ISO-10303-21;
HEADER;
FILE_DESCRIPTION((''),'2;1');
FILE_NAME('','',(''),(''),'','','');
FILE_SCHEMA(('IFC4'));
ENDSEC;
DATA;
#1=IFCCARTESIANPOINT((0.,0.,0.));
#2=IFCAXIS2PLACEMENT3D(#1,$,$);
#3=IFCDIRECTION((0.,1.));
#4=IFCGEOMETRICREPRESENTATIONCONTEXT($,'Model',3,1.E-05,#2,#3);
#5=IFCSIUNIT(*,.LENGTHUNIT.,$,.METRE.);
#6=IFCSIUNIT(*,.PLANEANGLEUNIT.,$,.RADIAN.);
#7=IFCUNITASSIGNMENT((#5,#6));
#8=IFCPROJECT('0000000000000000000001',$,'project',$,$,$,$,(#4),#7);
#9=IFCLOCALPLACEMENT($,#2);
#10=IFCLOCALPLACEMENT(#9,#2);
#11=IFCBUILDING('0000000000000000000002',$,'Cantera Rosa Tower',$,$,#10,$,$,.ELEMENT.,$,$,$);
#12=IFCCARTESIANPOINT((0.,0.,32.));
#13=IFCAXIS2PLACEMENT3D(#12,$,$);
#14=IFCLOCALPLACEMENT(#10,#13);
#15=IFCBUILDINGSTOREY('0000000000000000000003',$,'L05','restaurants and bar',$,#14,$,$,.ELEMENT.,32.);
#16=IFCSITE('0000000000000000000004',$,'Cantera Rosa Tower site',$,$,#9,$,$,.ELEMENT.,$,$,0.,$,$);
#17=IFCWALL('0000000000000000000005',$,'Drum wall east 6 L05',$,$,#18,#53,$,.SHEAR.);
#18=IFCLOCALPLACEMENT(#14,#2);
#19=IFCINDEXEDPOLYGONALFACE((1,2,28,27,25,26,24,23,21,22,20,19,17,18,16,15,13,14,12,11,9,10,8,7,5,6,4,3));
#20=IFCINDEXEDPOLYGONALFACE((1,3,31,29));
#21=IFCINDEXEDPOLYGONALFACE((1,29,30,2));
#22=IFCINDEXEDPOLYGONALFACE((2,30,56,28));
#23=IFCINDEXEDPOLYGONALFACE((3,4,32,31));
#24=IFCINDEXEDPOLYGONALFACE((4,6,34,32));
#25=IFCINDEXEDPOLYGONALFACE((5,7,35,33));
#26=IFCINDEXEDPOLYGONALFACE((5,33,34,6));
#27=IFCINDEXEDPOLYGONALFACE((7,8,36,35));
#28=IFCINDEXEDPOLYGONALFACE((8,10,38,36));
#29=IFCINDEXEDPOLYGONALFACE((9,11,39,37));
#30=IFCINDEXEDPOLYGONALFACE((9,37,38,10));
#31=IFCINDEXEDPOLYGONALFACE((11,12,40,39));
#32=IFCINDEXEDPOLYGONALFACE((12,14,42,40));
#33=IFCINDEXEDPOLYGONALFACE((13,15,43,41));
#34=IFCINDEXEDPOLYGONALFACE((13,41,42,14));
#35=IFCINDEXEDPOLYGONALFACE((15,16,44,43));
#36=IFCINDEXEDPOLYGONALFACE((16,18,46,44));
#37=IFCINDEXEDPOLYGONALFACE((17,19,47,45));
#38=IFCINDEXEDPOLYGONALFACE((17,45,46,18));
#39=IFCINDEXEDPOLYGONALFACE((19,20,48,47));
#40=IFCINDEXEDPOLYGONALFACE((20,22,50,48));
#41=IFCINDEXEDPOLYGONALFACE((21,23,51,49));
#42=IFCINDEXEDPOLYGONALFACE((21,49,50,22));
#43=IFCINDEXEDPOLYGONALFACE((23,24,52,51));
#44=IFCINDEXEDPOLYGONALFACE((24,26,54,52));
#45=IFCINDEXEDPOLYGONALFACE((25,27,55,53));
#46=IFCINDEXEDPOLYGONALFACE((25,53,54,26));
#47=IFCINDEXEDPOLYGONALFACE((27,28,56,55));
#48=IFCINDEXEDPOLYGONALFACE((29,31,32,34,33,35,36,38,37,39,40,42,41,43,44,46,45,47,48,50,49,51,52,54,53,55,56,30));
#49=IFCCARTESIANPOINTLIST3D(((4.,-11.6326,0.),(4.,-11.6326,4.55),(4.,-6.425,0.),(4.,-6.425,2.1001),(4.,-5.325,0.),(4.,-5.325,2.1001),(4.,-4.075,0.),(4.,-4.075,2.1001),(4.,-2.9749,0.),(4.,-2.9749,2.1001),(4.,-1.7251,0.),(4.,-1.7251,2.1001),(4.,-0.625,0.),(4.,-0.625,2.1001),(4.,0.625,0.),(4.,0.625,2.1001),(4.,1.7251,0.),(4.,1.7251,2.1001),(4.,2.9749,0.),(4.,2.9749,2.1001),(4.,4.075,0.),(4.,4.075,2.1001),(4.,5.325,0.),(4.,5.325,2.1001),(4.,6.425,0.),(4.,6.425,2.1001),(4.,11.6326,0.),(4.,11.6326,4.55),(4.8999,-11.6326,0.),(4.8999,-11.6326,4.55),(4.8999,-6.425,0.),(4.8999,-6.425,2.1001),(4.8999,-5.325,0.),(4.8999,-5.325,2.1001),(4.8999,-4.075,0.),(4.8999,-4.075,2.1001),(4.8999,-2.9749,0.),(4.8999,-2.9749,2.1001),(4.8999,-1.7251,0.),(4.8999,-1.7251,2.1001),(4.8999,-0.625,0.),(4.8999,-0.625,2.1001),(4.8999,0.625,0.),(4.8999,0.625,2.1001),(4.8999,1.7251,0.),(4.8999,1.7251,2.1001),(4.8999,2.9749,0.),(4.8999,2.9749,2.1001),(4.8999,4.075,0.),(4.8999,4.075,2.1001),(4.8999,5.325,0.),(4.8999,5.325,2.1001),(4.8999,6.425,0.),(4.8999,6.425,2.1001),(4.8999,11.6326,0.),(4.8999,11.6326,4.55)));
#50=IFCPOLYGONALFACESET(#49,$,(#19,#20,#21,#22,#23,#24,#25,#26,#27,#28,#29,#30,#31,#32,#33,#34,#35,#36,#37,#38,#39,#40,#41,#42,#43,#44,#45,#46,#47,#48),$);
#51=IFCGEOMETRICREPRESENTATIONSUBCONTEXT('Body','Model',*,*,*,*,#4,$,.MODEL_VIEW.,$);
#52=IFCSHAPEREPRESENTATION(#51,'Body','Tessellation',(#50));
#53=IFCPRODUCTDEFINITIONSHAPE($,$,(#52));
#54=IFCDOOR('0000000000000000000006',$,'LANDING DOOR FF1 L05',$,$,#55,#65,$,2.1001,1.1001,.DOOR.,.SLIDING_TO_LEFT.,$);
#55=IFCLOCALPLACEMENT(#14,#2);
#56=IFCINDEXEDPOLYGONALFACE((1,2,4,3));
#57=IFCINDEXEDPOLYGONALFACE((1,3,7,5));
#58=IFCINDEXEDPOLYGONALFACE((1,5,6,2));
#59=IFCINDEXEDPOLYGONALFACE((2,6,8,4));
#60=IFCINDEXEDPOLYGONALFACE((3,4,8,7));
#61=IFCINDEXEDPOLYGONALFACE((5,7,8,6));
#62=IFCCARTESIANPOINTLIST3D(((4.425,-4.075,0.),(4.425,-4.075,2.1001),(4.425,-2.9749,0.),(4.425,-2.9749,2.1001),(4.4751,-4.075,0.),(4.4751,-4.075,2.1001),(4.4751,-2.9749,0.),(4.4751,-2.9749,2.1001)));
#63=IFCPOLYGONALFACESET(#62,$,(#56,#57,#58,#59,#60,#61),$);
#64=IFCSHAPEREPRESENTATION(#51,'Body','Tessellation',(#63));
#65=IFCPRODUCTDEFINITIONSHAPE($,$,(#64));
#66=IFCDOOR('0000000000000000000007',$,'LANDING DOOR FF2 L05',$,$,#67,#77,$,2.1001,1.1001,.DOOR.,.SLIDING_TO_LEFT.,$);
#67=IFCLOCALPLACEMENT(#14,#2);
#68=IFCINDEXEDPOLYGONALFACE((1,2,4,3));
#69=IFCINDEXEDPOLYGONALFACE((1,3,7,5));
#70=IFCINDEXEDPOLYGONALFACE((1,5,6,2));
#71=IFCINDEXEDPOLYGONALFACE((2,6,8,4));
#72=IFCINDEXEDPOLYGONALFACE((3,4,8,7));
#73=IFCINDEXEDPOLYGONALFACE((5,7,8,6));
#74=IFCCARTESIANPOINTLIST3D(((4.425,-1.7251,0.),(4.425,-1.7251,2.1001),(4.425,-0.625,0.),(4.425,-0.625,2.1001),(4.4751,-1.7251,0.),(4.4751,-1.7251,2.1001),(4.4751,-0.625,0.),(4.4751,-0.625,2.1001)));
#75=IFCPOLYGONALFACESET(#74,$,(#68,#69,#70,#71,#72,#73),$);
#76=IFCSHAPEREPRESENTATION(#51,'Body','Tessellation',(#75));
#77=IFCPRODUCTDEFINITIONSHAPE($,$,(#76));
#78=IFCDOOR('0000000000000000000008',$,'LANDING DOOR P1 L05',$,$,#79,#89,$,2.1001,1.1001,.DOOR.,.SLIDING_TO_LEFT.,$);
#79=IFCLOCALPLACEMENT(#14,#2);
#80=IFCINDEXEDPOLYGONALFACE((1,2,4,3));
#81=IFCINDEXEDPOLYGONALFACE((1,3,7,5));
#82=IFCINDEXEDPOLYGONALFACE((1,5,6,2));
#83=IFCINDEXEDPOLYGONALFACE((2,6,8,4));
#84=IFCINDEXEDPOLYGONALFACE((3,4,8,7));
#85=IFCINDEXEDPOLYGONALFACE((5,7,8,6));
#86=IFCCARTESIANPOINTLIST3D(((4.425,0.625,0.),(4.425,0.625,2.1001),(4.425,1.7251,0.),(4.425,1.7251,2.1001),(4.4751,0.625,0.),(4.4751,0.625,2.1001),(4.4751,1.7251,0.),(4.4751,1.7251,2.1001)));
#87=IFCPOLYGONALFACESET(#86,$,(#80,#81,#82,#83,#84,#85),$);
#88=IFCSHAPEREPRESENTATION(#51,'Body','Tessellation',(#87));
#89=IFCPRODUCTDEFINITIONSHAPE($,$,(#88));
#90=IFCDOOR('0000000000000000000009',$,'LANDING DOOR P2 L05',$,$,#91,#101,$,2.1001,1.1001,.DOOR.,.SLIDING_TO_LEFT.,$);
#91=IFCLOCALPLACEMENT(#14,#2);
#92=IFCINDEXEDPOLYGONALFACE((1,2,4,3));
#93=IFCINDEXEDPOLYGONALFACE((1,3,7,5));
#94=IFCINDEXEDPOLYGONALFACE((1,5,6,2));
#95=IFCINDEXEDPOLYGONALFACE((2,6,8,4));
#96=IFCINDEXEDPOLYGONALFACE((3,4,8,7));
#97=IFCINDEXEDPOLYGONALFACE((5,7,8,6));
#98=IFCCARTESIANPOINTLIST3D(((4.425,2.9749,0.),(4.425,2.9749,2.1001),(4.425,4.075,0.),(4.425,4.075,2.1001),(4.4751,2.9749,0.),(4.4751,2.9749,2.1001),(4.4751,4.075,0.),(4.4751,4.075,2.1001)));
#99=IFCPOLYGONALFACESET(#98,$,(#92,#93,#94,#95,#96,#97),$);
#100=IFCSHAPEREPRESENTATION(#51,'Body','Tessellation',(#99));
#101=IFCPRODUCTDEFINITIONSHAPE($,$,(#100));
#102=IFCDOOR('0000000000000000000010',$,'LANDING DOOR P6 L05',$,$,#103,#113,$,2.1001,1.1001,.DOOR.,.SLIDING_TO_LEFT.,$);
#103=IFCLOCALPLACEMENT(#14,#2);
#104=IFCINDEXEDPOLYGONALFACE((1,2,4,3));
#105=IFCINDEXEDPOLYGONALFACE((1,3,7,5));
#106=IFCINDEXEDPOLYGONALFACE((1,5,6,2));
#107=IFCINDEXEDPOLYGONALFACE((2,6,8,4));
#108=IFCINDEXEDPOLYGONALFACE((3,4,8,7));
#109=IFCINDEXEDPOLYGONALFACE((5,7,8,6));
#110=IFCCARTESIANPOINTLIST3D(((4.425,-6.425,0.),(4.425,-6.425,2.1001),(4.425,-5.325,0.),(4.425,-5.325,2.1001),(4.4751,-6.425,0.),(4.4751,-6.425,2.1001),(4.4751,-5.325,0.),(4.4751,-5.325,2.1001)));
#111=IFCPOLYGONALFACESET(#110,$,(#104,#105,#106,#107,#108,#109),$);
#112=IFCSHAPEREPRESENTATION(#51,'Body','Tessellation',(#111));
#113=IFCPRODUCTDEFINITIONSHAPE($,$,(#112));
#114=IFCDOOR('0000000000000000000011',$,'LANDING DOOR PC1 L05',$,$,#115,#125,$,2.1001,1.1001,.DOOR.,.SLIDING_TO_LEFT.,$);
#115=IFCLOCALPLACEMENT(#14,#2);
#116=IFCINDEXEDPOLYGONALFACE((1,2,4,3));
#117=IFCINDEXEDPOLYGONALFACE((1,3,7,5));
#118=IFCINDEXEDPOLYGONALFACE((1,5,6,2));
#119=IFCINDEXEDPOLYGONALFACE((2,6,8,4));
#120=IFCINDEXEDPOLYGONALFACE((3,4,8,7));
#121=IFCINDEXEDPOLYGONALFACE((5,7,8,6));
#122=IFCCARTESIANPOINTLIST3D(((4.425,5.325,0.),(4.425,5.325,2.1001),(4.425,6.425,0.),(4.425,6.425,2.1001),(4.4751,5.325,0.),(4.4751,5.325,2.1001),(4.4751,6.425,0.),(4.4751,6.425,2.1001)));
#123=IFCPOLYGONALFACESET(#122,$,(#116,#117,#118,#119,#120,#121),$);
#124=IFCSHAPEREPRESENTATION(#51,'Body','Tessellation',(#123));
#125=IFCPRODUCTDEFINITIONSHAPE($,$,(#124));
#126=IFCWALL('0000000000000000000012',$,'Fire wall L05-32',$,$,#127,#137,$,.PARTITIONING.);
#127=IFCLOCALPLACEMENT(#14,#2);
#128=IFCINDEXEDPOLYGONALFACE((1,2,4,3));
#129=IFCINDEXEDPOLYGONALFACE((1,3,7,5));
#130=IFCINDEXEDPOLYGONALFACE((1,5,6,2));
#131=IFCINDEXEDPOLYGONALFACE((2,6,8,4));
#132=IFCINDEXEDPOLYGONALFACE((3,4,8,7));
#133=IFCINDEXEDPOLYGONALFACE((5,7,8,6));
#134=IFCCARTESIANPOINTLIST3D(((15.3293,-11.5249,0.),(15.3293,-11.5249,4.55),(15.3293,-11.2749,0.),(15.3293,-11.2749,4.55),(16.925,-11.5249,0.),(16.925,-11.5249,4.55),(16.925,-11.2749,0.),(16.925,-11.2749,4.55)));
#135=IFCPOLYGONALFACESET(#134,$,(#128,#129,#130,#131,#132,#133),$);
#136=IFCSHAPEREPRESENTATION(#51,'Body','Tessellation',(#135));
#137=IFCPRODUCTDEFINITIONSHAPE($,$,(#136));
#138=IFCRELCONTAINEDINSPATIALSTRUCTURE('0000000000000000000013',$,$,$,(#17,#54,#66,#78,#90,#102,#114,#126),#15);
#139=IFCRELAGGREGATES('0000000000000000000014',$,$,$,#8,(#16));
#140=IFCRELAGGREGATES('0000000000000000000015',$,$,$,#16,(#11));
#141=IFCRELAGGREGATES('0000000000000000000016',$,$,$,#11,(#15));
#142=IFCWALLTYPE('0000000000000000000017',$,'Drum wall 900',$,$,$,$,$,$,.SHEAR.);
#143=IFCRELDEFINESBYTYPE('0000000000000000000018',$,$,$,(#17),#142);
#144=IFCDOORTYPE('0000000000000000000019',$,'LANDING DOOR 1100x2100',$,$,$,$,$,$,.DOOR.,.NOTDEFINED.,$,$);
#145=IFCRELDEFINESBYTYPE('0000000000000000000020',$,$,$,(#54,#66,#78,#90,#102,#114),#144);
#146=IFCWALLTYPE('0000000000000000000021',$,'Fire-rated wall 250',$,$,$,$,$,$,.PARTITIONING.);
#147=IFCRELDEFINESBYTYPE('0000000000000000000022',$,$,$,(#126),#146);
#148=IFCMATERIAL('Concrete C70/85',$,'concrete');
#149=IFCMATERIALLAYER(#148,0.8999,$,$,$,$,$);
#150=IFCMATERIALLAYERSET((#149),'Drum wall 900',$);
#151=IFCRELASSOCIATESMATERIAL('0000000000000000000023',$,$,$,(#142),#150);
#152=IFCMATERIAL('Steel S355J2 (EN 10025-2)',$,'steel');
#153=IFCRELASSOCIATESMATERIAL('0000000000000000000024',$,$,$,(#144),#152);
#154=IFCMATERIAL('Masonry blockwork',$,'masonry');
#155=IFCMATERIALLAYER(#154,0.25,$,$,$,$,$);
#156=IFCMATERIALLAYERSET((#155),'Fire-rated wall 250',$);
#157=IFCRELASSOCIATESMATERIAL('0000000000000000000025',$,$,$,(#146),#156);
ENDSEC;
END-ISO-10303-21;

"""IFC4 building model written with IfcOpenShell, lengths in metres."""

from ifc_helpers import new_model, si_unit, direction, frame, frame_2d, origin, place, context, subcontext, project, spatial, rectangle, extrude, material, layer, layer_set, type_object, element, fill, save


model = new_model("IFC4")

# Units and contexts
model_context = context("Model", 3, precision=1e-05, world=origin(), true_north=direction((0.0, 1.0)))
body_context = subcontext(model_context, "Body", "Model", "MODEL_VIEW")
ifc_project = project(units=[si_unit("LENGTHUNIT", "METRE"), si_unit("PLANEANGLEUNIT", "RADIAN")], contexts=[model_context])

# Site, building, storey
site_placement = place(None, origin())
site = spatial("IfcSite", under=ifc_project, at=site_placement, Name="Cantera Rosa Tower site", CompositionType="ELEMENT", RefElevation=0.0)
building_placement = place(site_placement, origin())
building = spatial("IfcBuilding", under=site, at=building_placement, Name="Cantera Rosa Tower", CompositionType="ELEMENT")
storey_placement = place(building_placement, frame((0.0, 0.0, 32.0)))
storey = spatial("IfcBuildingStorey", under=building, at=storey_placement, Name="L05", Description="restaurants and bar", CompositionType="ELEMENT", Elevation=32.0)

# Wall, openings, doors
ifc_material_1 = material(Name="Concrete C70/85", Category="concrete")
ifc_layer_1 = layer(ifc_material_1, 0.8999)
ifc_layer_set_1 = layer_set([ifc_layer_1], Name="Drum wall 900")
wall_type_1 = type_object("IfcWallType", Name="Drum wall 900", PredefinedType="SHEAR", material=ifc_layer_set_1)
wall_1_placement = place(storey_placement, frame((4.45, -11.6326, 0.0), z_axis=(0.0, 0.0, 1.0), x_axis=(0.0, 1.0, 0.0)))
wall_1 = element("IfcWall", 1, at=wall_1_placement, inside=storey, type_object=wall_type_1, Name="Drum wall east 6 L05", PredefinedType="SHEAR", context=body_context, shape_type="SweptSolid", body=[
    extrude(rectangle(XDim=23.2651, YDim=0.8999, at=frame_2d((11.6326, 0.0))), origin(), (0.0, 0.0, 1.0), 4.55),
])
opening_1_placement = place(wall_1_placement, frame((7.5576, 0.0, 0.0)))
opening_1 = element("IfcOpeningElement", 2, at=opening_1_placement, cuts=wall_1, PredefinedType="OPENING", context=body_context, shape_type="SweptSolid", body=[
    extrude(rectangle(XDim=1.1001, YDim=2.1001, at=frame_2d((0.55, 1.05))), frame((0.0, 0.46, 0.0), z_axis=(0.0, -1.0, 0.0), x_axis=(1.0, 0.0, 0.0)), (0.0, 0.0, 1.0), 0.9199),
])
opening_2_placement = place(wall_1_placement, frame((9.9075, 0.0, 0.0)))
opening_2 = element("IfcOpeningElement", 3, at=opening_2_placement, cuts=wall_1, PredefinedType="OPENING", context=body_context, shape_type="SweptSolid", body=[
    extrude(rectangle(XDim=1.1001, YDim=2.1001, at=frame_2d((0.55, 1.05))), frame((0.0, 0.46, 0.0), z_axis=(0.0, -1.0, 0.0), x_axis=(1.0, 0.0, 0.0)), (0.0, 0.0, 1.0), 0.9199),
])
opening_3_placement = place(wall_1_placement, frame((12.2576, 0.0, 0.0)))
opening_3 = element("IfcOpeningElement", 4, at=opening_3_placement, cuts=wall_1, PredefinedType="OPENING", context=body_context, shape_type="SweptSolid", body=[
    extrude(rectangle(XDim=1.1001, YDim=2.1001, at=frame_2d((0.55, 1.05))), frame((0.0, 0.46, 0.0), z_axis=(0.0, -1.0, 0.0), x_axis=(1.0, 0.0, 0.0)), (0.0, 0.0, 1.0), 0.9199),
])
opening_4_placement = place(wall_1_placement, frame((14.6074, 0.0, 0.0)))
opening_4 = element("IfcOpeningElement", 5, at=opening_4_placement, cuts=wall_1, PredefinedType="OPENING", context=body_context, shape_type="SweptSolid", body=[
    extrude(rectangle(XDim=1.1001, YDim=2.1001, at=frame_2d((0.55, 1.05))), frame((0.0, 0.46, 0.0), z_axis=(0.0, -1.0, 0.0), x_axis=(1.0, 0.0, 0.0)), (0.0, 0.0, 1.0), 0.9199),
])
opening_5_placement = place(wall_1_placement, frame((5.2075, 0.0, 0.0)))
opening_5 = element("IfcOpeningElement", 6, at=opening_5_placement, cuts=wall_1, PredefinedType="OPENING", context=body_context, shape_type="SweptSolid", body=[
    extrude(rectangle(XDim=1.1001, YDim=2.1001, at=frame_2d((0.55, 1.05))), frame((0.0, 0.46, 0.0), z_axis=(0.0, -1.0, 0.0), x_axis=(1.0, 0.0, 0.0)), (0.0, 0.0, 1.0), 0.9199),
])
opening_6_placement = place(wall_1_placement, frame((16.9575, 0.0, 0.0)))
opening_6 = element("IfcOpeningElement", 7, at=opening_6_placement, cuts=wall_1, PredefinedType="OPENING", context=body_context, shape_type="SweptSolid", body=[
    extrude(rectangle(XDim=1.1001, YDim=2.1001, at=frame_2d((0.55, 1.05))), frame((0.0, 0.46, 0.0), z_axis=(0.0, -1.0, 0.0), x_axis=(1.0, 0.0, 0.0)), (0.0, 0.0, 1.0), 0.9199),
])
ifc_material_2 = material(Name="Steel S355J2 (EN 10025-2)", Category="steel")
door_type_1 = type_object("IfcDoorType", Name="LANDING DOOR 1100x2100", OperationType="NOTDEFINED", PredefinedType="DOOR", material=ifc_material_2)
door_1_placement = place(opening_1_placement, origin())
door_1 = element("IfcDoor", 8, at=door_1_placement, inside=storey, type_object=door_type_1, Name="LANDING DOOR FF1 L05", OperationType="SLIDING_TO_LEFT", OverallHeight=2.1001, OverallWidth=1.1001, PredefinedType="DOOR", context=body_context, shape_type="SweptSolid", body=[
    extrude(rectangle(XDim=1.1001, YDim=2.1001, at=frame_2d((0.55, 1.05))), frame((0.0, 0.0249, 0.0), z_axis=(0.0, -1.0, 0.0), x_axis=(1.0, 0.0, 0.0)), (0.0, 0.0, 1.0), 0.05),
])
fill(opening_1, door_1)
door_2_placement = place(opening_2_placement, origin())
door_2 = element("IfcDoor", 9, at=door_2_placement, inside=storey, type_object=door_type_1, Name="LANDING DOOR FF2 L05", OperationType="SLIDING_TO_LEFT", OverallHeight=2.1001, OverallWidth=1.1001, PredefinedType="DOOR", context=body_context, shape_type="SweptSolid", body=[
    extrude(rectangle(XDim=1.1001, YDim=2.1001, at=frame_2d((0.55, 1.05))), frame((0.0, 0.0249, 0.0), z_axis=(0.0, -1.0, 0.0), x_axis=(1.0, 0.0, 0.0)), (0.0, 0.0, 1.0), 0.05),
])
fill(opening_2, door_2)
door_3_placement = place(opening_3_placement, origin())
door_3 = element("IfcDoor", 10, at=door_3_placement, inside=storey, type_object=door_type_1, Name="LANDING DOOR P1 L05", OperationType="SLIDING_TO_LEFT", OverallHeight=2.1001, OverallWidth=1.1001, PredefinedType="DOOR", context=body_context, shape_type="SweptSolid", body=[
    extrude(rectangle(XDim=1.1001, YDim=2.1001, at=frame_2d((0.55, 1.05))), frame((0.0, 0.0249, 0.0), z_axis=(0.0, -1.0, 0.0), x_axis=(1.0, 0.0, 0.0)), (0.0, 0.0, 1.0), 0.05),
])
fill(opening_3, door_3)
door_4_placement = place(opening_4_placement, origin())
door_4 = element("IfcDoor", 11, at=door_4_placement, inside=storey, type_object=door_type_1, Name="LANDING DOOR P2 L05", OperationType="SLIDING_TO_LEFT", OverallHeight=2.1001, OverallWidth=1.1001, PredefinedType="DOOR", context=body_context, shape_type="SweptSolid", body=[
    extrude(rectangle(XDim=1.1001, YDim=2.1001, at=frame_2d((0.55, 1.05))), frame((0.0, 0.0249, 0.0), z_axis=(0.0, -1.0, 0.0), x_axis=(1.0, 0.0, 0.0)), (0.0, 0.0, 1.0), 0.05),
])
fill(opening_4, door_4)
door_5_placement = place(opening_5_placement, origin())
door_5 = element("IfcDoor", 12, at=door_5_placement, inside=storey, type_object=door_type_1, Name="LANDING DOOR P6 L05", OperationType="SLIDING_TO_LEFT", OverallHeight=2.1001, OverallWidth=1.1001, PredefinedType="DOOR", context=body_context, shape_type="SweptSolid", body=[
    extrude(rectangle(XDim=1.1001, YDim=2.1001, at=frame_2d((0.55, 1.05))), frame((0.0, 0.0249, 0.0), z_axis=(0.0, -1.0, 0.0), x_axis=(1.0, 0.0, 0.0)), (0.0, 0.0, 1.0), 0.05),
])
fill(opening_5, door_5)
door_6_placement = place(opening_6_placement, origin())
door_6 = element("IfcDoor", 13, at=door_6_placement, inside=storey, type_object=door_type_1, Name="LANDING DOOR PC1 L05", OperationType="SLIDING_TO_LEFT", OverallHeight=2.1001, OverallWidth=1.1001, PredefinedType="DOOR", context=body_context, shape_type="SweptSolid", body=[
    extrude(rectangle(XDim=1.1001, YDim=2.1001, at=frame_2d((0.55, 1.05))), frame((0.0, 0.0249, 0.0), z_axis=(0.0, -1.0, 0.0), x_axis=(1.0, 0.0, 0.0)), (0.0, 0.0, 1.0), 0.05),
])
fill(opening_6, door_6)

# Wall
ifc_material_3 = material(Name="Masonry blockwork", Category="masonry")
ifc_layer_2 = layer(ifc_material_3, 0.25)
ifc_layer_set_2 = layer_set([ifc_layer_2], Name="Fire-rated wall 250")
wall_type_2 = type_object("IfcWallType", Name="Fire-rated wall 250", PredefinedType="PARTITIONING", material=ifc_layer_set_2)
wall_2_placement = place(storey_placement, frame((15.3293, -11.3999, 0.0), z_axis=(0.0, 0.0, 1.0), x_axis=(1.0, 0.0, 0.0)))
element("IfcWall", 14, at=wall_2_placement, inside=storey, type_object=wall_type_2, Name="Fire wall L05-32", PredefinedType="PARTITIONING", context=body_context, shape_type="SweptSolid", body=[
    extrude(rectangle(XDim=1.5957, YDim=0.25, at=frame_2d((0.7979, 0.0))), origin(), (0.0, 0.0, 1.0), 4.55),
])

save(model, "model.ifc")
